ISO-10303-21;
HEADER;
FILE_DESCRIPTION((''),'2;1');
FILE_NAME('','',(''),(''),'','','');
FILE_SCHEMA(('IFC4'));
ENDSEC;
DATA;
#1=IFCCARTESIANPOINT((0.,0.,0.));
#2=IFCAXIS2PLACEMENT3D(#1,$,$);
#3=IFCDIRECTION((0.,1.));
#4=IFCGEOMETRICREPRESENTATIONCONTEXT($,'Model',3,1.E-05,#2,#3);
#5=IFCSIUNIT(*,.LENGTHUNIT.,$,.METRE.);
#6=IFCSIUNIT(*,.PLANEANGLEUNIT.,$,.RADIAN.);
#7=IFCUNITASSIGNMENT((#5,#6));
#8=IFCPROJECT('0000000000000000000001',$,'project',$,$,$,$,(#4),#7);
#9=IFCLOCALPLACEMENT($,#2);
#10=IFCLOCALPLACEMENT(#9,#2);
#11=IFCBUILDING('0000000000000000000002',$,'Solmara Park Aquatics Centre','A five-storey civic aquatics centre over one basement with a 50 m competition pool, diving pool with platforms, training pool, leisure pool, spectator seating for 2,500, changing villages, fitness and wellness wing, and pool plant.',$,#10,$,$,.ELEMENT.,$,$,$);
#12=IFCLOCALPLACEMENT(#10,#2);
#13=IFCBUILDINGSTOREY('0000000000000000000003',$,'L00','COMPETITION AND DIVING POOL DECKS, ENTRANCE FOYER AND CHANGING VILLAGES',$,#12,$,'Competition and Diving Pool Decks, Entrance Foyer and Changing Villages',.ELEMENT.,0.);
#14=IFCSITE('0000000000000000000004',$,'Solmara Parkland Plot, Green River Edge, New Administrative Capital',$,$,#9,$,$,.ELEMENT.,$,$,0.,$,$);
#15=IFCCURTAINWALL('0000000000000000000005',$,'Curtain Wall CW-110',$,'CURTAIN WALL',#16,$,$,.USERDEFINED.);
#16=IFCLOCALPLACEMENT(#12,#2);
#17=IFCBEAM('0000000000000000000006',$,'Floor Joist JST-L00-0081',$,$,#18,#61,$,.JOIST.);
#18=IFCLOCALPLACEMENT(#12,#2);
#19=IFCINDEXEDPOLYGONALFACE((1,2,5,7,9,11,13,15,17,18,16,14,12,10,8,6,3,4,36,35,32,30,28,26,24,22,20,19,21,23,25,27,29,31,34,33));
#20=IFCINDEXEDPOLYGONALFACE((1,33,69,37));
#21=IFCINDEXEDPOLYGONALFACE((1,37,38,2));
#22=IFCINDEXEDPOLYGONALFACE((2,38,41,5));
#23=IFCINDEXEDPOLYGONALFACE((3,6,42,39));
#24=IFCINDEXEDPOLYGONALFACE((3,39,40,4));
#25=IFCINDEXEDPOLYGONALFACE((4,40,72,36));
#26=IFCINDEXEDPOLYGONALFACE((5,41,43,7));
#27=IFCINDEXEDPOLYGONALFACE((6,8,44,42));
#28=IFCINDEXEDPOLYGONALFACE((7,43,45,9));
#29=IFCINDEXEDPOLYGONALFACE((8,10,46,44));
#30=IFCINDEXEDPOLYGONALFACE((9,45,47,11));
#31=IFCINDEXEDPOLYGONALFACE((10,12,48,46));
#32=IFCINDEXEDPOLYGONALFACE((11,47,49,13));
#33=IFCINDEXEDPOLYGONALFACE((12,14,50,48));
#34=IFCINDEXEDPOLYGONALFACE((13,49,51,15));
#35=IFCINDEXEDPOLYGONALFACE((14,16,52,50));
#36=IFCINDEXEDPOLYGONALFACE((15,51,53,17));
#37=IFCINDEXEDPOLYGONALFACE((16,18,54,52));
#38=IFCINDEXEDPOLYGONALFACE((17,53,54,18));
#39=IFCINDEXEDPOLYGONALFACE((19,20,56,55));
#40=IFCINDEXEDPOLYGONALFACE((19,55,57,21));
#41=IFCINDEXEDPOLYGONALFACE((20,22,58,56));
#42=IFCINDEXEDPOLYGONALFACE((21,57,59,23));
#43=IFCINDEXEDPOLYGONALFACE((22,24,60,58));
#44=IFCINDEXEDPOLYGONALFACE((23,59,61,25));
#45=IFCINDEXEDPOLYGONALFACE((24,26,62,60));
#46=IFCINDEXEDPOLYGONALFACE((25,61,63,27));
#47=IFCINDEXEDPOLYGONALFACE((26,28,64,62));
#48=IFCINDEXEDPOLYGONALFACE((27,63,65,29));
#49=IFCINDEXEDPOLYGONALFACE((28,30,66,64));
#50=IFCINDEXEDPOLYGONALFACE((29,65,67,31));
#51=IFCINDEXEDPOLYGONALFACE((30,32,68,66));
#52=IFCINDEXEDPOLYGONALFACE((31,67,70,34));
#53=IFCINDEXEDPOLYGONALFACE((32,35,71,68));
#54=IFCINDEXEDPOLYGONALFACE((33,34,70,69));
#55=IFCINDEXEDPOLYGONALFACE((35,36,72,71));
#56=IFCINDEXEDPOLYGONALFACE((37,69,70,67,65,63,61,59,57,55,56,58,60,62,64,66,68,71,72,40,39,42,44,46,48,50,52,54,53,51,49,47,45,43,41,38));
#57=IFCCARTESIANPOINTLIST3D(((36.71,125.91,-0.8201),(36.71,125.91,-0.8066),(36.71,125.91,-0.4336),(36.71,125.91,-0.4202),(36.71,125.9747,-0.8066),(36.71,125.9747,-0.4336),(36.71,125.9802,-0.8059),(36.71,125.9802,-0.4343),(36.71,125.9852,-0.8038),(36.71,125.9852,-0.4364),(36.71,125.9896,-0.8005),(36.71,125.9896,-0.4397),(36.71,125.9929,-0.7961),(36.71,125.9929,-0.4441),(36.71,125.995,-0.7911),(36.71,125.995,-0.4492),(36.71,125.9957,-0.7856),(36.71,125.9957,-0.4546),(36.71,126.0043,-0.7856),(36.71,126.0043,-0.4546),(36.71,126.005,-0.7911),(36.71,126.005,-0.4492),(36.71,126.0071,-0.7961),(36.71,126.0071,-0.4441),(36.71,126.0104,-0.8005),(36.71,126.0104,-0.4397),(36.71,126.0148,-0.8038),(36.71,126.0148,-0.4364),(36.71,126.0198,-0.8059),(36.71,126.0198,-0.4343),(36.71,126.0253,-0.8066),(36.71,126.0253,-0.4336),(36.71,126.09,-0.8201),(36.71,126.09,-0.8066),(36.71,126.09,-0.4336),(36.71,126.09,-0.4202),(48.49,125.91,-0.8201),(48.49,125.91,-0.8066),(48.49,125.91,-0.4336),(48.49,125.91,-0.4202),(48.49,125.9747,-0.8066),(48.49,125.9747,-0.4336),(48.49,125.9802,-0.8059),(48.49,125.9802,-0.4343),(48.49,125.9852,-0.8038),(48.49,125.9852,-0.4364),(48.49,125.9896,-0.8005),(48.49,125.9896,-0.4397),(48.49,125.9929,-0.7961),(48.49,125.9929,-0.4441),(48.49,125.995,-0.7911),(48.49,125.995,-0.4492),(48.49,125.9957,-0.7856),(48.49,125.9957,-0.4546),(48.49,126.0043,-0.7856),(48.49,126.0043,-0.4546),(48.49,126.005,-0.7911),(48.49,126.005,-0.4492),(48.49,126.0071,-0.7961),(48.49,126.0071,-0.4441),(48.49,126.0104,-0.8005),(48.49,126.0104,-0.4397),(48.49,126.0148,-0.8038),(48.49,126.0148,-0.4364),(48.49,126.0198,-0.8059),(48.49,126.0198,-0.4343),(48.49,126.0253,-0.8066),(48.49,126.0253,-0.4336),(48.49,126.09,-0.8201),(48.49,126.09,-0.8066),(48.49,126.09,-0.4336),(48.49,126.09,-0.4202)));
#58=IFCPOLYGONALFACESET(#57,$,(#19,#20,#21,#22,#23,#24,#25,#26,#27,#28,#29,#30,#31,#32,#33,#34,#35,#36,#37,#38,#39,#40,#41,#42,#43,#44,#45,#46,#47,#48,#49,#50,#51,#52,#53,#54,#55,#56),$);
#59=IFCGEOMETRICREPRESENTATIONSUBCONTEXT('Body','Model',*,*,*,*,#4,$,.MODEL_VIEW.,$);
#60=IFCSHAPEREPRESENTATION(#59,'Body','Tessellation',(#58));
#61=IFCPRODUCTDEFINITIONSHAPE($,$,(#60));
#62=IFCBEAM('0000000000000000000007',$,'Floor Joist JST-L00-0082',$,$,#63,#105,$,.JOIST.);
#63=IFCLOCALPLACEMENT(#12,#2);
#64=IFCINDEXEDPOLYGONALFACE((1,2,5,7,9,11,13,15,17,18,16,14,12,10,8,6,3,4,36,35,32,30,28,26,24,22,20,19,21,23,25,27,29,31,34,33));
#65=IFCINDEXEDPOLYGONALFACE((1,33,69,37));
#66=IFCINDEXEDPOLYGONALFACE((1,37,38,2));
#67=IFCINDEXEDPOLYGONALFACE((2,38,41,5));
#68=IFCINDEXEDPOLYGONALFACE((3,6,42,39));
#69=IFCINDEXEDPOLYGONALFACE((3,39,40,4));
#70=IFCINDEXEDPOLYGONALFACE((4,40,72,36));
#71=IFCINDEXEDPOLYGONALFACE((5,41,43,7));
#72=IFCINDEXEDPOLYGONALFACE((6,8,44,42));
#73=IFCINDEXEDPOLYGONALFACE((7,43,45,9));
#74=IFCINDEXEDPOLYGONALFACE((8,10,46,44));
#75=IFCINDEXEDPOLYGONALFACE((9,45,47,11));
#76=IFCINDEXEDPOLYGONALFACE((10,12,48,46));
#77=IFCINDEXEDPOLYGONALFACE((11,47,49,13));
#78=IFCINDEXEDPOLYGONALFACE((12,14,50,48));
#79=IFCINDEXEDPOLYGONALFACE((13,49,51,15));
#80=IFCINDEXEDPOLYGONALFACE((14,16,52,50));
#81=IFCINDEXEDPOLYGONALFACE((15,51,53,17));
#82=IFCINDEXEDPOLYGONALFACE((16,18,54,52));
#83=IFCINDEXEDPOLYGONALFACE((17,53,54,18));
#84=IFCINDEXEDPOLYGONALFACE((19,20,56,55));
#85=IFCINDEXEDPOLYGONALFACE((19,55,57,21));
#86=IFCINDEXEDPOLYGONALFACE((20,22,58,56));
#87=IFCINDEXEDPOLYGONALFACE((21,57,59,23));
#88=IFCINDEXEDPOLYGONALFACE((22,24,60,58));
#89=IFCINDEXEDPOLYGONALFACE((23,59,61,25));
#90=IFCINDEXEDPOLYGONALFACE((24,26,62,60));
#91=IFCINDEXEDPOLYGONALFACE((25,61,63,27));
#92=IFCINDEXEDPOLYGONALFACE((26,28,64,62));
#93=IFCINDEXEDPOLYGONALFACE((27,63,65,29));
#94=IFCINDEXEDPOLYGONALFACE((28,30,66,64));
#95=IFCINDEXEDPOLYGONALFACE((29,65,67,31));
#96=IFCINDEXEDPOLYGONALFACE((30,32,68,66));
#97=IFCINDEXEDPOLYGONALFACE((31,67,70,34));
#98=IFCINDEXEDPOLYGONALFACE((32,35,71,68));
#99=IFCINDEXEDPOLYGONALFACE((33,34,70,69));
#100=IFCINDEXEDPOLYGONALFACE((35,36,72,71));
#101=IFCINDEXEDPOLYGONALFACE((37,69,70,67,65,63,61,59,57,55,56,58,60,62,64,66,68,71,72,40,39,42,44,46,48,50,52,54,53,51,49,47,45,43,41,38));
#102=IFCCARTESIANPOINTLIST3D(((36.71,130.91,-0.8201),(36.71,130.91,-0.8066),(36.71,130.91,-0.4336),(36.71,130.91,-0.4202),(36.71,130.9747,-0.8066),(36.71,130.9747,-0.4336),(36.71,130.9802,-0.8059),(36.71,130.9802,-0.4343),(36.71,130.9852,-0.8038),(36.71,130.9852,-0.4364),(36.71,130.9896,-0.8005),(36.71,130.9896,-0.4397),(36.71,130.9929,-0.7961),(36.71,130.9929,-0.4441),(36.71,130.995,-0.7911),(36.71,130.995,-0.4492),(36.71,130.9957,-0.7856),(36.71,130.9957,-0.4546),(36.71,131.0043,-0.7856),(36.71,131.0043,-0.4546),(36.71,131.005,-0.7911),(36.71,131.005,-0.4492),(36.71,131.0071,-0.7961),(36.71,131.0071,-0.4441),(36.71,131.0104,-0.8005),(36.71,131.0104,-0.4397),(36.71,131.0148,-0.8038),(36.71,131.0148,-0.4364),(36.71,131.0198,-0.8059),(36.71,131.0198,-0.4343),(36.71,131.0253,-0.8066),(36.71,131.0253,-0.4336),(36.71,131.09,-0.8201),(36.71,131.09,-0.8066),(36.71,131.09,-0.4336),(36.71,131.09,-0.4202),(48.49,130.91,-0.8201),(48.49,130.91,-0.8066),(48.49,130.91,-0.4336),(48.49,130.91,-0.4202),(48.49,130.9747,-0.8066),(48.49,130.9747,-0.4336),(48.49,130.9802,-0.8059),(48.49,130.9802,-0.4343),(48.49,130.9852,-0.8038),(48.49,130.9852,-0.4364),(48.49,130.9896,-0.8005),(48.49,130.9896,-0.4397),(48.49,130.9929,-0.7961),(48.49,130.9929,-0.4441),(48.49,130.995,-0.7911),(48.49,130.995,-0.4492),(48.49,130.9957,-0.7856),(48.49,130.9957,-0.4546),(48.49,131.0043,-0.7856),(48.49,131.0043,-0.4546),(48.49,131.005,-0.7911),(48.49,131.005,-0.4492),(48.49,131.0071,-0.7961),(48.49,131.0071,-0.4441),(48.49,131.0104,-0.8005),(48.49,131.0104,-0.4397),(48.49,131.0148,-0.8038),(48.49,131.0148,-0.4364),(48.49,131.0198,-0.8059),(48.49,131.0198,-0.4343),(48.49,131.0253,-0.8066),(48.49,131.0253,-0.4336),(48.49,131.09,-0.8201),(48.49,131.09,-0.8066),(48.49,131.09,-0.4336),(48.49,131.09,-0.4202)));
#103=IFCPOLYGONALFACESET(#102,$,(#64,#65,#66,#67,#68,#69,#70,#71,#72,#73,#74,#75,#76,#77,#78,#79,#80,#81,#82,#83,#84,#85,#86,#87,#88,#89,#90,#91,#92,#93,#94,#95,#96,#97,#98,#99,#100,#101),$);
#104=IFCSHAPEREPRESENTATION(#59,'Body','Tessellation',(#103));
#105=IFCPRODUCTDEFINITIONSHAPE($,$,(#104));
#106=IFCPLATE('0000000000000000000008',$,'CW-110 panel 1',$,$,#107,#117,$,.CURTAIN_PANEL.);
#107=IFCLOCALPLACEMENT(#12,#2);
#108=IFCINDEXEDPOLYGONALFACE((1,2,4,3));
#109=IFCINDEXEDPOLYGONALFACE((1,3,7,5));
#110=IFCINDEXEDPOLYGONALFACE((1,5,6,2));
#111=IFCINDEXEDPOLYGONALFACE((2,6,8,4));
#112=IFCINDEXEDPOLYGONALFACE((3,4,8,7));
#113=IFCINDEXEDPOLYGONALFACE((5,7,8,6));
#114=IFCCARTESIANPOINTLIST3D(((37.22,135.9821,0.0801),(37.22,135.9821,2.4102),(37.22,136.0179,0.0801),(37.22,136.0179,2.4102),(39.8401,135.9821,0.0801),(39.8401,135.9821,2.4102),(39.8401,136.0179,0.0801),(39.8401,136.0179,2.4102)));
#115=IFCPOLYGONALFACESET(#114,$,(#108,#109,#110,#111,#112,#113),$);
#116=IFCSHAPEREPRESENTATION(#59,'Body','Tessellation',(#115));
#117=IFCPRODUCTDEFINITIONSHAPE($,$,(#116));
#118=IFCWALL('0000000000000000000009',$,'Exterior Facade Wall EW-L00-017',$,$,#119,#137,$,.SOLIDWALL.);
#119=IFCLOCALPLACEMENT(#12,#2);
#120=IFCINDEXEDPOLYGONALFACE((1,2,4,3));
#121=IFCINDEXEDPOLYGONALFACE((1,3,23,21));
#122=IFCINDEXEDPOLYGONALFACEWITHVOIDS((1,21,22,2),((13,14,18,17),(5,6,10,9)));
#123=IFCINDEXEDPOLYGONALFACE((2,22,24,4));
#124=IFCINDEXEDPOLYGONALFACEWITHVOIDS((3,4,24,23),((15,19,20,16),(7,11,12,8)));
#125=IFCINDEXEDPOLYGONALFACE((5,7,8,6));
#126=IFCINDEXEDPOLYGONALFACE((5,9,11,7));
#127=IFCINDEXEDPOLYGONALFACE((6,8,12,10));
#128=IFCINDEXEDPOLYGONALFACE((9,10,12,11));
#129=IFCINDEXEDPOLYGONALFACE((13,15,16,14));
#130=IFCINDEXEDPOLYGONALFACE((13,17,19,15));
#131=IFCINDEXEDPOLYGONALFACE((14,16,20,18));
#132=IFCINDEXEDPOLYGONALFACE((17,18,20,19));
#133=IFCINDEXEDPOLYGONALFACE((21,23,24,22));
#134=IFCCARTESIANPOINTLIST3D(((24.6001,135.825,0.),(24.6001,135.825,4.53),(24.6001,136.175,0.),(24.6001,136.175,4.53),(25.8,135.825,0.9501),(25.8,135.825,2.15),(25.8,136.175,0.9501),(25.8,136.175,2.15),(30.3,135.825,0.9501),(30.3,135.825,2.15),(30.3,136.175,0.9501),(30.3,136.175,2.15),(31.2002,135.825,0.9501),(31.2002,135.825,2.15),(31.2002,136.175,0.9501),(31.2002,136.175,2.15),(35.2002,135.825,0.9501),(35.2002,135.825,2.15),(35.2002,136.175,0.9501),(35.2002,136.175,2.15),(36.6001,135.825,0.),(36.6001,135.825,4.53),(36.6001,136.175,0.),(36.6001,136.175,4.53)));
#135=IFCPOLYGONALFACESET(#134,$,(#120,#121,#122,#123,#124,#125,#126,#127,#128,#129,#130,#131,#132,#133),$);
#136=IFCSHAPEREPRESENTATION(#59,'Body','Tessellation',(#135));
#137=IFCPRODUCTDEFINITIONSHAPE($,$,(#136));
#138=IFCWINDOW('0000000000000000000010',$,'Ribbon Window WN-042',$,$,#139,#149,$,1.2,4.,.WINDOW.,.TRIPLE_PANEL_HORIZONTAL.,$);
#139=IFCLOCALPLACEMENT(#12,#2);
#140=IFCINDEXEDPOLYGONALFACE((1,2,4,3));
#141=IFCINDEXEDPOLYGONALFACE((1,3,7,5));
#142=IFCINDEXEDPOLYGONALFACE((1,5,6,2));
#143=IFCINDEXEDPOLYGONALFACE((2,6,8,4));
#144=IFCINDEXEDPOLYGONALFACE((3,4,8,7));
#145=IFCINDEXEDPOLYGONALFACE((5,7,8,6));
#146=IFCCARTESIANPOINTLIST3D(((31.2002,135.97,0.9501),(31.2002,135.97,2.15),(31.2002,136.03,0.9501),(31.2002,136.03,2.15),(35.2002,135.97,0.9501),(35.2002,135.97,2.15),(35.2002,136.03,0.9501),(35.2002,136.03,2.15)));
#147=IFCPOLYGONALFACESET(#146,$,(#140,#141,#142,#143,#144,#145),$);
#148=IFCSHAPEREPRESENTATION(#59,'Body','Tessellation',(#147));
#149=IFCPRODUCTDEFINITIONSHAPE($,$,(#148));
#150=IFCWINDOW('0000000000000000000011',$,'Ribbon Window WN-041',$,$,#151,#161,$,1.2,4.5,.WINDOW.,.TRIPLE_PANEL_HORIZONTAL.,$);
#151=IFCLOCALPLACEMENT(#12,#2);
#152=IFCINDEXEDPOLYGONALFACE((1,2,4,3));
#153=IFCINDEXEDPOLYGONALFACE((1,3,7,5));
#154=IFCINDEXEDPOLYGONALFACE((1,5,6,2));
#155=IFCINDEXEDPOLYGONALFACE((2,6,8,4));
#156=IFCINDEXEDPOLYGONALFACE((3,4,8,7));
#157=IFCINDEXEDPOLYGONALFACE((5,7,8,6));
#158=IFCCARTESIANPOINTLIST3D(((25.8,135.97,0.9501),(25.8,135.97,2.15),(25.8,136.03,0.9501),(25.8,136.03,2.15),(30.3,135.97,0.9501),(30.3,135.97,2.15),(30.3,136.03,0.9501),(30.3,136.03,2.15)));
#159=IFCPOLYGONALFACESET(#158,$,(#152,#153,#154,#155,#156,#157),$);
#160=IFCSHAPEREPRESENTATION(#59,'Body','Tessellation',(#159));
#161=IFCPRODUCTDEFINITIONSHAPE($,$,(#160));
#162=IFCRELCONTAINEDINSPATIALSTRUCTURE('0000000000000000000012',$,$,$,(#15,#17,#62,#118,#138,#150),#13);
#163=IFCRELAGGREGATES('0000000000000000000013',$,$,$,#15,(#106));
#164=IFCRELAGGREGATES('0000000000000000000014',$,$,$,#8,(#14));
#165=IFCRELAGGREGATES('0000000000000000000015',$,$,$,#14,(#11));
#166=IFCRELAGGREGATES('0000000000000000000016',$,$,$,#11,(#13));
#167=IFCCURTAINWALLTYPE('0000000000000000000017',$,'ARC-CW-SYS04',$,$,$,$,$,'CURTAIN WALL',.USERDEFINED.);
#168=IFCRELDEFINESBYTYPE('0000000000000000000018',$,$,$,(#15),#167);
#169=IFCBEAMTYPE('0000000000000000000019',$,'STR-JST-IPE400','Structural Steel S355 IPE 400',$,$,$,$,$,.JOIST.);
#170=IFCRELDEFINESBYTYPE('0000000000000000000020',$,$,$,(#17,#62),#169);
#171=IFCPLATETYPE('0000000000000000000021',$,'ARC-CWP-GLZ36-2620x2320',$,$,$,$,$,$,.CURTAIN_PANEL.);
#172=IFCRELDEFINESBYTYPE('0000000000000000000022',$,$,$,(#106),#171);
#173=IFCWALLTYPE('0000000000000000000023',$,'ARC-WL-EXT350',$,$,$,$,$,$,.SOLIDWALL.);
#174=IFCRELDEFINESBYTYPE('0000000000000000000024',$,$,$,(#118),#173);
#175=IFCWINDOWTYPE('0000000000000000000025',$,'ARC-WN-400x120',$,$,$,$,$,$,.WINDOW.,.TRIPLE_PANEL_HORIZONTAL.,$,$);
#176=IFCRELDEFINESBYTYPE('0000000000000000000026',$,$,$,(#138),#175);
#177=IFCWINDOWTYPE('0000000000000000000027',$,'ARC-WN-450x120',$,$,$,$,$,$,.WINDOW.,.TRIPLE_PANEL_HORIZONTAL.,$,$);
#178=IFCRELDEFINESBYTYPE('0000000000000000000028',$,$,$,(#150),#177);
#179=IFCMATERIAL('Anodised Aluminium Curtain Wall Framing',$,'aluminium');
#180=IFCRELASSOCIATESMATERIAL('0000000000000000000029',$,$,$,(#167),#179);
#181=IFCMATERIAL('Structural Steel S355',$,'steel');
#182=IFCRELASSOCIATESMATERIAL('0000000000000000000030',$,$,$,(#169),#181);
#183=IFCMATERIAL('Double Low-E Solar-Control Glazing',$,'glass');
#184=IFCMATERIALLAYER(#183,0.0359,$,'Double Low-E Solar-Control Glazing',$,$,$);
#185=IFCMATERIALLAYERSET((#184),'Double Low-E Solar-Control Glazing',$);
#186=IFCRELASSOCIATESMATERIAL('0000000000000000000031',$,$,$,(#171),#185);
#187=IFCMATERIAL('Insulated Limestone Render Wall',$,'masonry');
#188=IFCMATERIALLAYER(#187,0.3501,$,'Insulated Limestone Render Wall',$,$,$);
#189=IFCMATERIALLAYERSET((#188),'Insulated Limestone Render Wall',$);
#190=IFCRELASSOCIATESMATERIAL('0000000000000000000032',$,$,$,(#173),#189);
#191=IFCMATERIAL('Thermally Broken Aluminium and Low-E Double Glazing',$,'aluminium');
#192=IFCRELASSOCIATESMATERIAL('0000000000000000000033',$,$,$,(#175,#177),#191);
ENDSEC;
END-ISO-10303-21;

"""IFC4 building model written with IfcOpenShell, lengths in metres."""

from ifc_helpers import new_model, si_unit, direction, frame, frame_2d, origin, origin_2d, place, context, subcontext, project, spatial, rectangle, i_section, extrude, material, layer, layer_set, material_profile, profile_set, type_object, element, fill, aggregate, save


model = new_model("IFC4")

# Units and contexts
model_context = context("Model", 3, precision=1e-05, world=origin(), true_north=direction((0.0, 1.0)))
body_context = subcontext(model_context, "Body", "Model", "MODEL_VIEW")
ifc_project = project(units=[si_unit("LENGTHUNIT", "METRE"), si_unit("PLANEANGLEUNIT", "RADIAN")], contexts=[model_context])

# Site, building, storey
site_placement = place(None, origin())
site = spatial("IfcSite", under=ifc_project, at=site_placement, Name="Solmara Parkland Plot, Green River Edge, New Administrative Capital", CompositionType="ELEMENT", RefElevation=0.0)
building_placement = place(site_placement, origin())
building = spatial("IfcBuilding", under=site, at=building_placement, Name="Solmara Park Aquatics Centre", Description="A five-storey civic aquatics centre over one basement with a 50 m competition pool, diving pool with platforms, training pool, leisure pool, spectator seating for 2,500, changing villages, fitness and wellness wing, and pool plant.", CompositionType="ELEMENT")
storey_placement = place(building_placement, origin())
storey = spatial("IfcBuildingStorey", under=building, at=storey_placement, Name="L00", Description="COMPETITION AND DIVING POOL DECKS, ENTRANCE FOYER AND CHANGING VILLAGES", LongName="Competition and Diving Pool Decks, Entrance Foyer and Changing Villages", CompositionType="ELEMENT", Elevation=0.0)

# Curtain wall
ifc_material_1 = material(Name="Anodised Aluminium Curtain Wall Framing", Category="aluminium")
curtain_wall_type = type_object("IfcCurtainWallType", Name="ARC-CW-SYS04", ElementType="CURTAIN WALL", PredefinedType="USERDEFINED", material=ifc_material_1)
curtain_wall_placement = place(storey_placement, origin())
curtain_wall = element("IfcCurtainWall", 1, at=curtain_wall_placement, inside=storey, type_object=curtain_wall_type, Name="Curtain Wall CW-110", ObjectType="CURTAIN WALL", PredefinedType="USERDEFINED")

# Beams
ifc_material_2 = material(Name="Structural Steel S355", Category="steel")
ifc_material_profile_1 = material_profile(ifc_material_2, i_section(OverallWidth=0.1799, OverallDepth=0.3999, WebThickness=0.0085, FlangeThickness=0.0134, FilletRadius=0.021, at=origin_2d()), Name="IPE 400")
ifc_profile_set_1 = profile_set([ifc_material_profile_1], Name="Structural Steel S355")
beam_type = type_object("IfcBeamType", Name="STR-JST-IPE400", Description="Structural Steel S355 IPE 400", PredefinedType="JOIST", material=ifc_profile_set_1)
for number, where, z_axis, x_axis, name in (
    (2, (36.71, 126.0, -0.6201), (1.0, 0.0, 0.0), (0.0, 1.0, 0.0), "Floor Joist JST-L00-0081"),
    (3, (36.71, 131.0, -0.6201), (1.0, 0.0, 0.0), (0.0, 1.0, 0.0), "Floor Joist JST-L00-0082"),
):
    element("IfcBeam", number, at=place(storey_placement, frame(where, z_axis=z_axis, x_axis=x_axis)), inside=storey, type_object=beam_type, Name=name, PredefinedType="JOIST", context=body_context, shape_type="SweptSolid", body=[
        extrude(i_section(OverallWidth=0.1799, OverallDepth=0.3999, WebThickness=0.0085, FlangeThickness=0.0134, FilletRadius=0.021, at=origin_2d()), origin(), (0.0, 0.0, 1.0), 11.78),
    ])

# Plate
ifc_material_3 = material(Name="Double Low-E Solar-Control Glazing", Category="glass")
ifc_layer_1 = layer(ifc_material_3, 0.0359, Name="Double Low-E Solar-Control Glazing")
ifc_layer_set_1 = layer_set([ifc_layer_1], Name="Double Low-E Solar-Control Glazing")
plate_type = type_object("IfcPlateType", Name="ARC-CWP-GLZ36-2620x2320", PredefinedType="CURTAIN_PANEL", material=ifc_layer_set_1)
plate_placement = place(storey_placement, frame((38.53, 136.0, 0.0801), z_axis=(0.0, 0.0, 1.0), x_axis=(1.0, 0.0, 0.0)))
plate = element("IfcPlate", 4, at=plate_placement, type_object=plate_type, Name="CW-110 panel 1", PredefinedType="CURTAIN_PANEL", context=body_context, shape_type="SweptSolid", body=[
    extrude(rectangle(XDim=2.6201, YDim=0.0359, at=origin_2d()), origin(), (0.0, 0.0, 1.0), 2.3301),
])
aggregate(curtain_wall, [plate])

# Wall, openings, windows
ifc_material_4 = material(Name="Insulated Limestone Render Wall", Category="masonry")
ifc_layer_2 = layer(ifc_material_4, 0.3501, Name="Insulated Limestone Render Wall")
ifc_layer_set_2 = layer_set([ifc_layer_2], Name="Insulated Limestone Render Wall")
wall_type_1 = type_object("IfcWallType", Name="ARC-WL-EXT350", PredefinedType="SOLIDWALL", material=ifc_layer_set_2)
wall_1_placement = place(storey_placement, frame((24.6001, 136.0, 0.0), z_axis=(0.0, 0.0, 1.0), x_axis=(1.0, 0.0, 0.0)))
wall_1 = element("IfcWall", 5, at=wall_1_placement, inside=storey, type_object=wall_type_1, Name="Exterior Facade Wall EW-L00-017", PredefinedType="SOLIDWALL", context=body_context, shape_type="SweptSolid", body=[
    extrude(rectangle(XDim=12.0, YDim=0.3501, at=frame_2d((6.0, 0.0))), origin(), (0.0, 0.0, 1.0), 4.53),
])
opening_1_placement = place(wall_1_placement, frame((1.2, 0.0, 0.95)))
opening_1 = element("IfcOpeningElement", 6, at=opening_1_placement, cuts=wall_1, PredefinedType="OPENING", context=body_context, shape_type="SweptSolid", body=[
    extrude(rectangle(XDim=4.5, YDim=1.2, at=frame_2d((2.25, 0.6001))), frame((0.0, 0.1851, 0.0), z_axis=(0.0, -1.0, 0.0), x_axis=(1.0, 0.0, 0.0)), (0.0, 0.0, 1.0), 0.3701),
])
opening_2_placement = place(wall_1_placement, frame((6.6001, 0.0, 0.95)))
opening_2 = element("IfcOpeningElement", 7, at=opening_2_placement, cuts=wall_1, PredefinedType="OPENING", context=body_context, shape_type="SweptSolid", body=[
    extrude(rectangle(XDim=4.0, YDim=1.2, at=frame_2d((2.0, 0.6001))), frame((0.0, 0.1851, 0.0), z_axis=(0.0, -1.0, 0.0), x_axis=(1.0, 0.0, 0.0)), (0.0, 0.0, 1.0), 0.3701),
])
ifc_material_5 = material(Name="Thermally Broken Aluminium and Low-E Double Glazing", Category="aluminium")
window_type_1 = type_object("IfcWindowType", Name="ARC-WN-400x120", PartitioningType="TRIPLE_PANEL_HORIZONTAL", PredefinedType="WINDOW", material=ifc_material_5)
window_1_placement = place(opening_2_placement, origin())
window_1 = element("IfcWindow", 8, at=window_1_placement, inside=storey, type_object=window_type_1, Name="Ribbon Window WN-042", OverallHeight=1.2, OverallWidth=4.0, PartitioningType="TRIPLE_PANEL_HORIZONTAL", PredefinedType="WINDOW", context=body_context, shape_type="SweptSolid", body=[
    extrude(rectangle(XDim=4.0, YDim=1.2, at=frame_2d((2.0, 0.6001))), frame((0.0, 0.03, 0.0), z_axis=(0.0, -1.0, 0.0), x_axis=(1.0, 0.0, 0.0)), (0.0, 0.0, 1.0), 0.0601),
])
fill(opening_2, window_1)
window_type_2 = type_object("IfcWindowType", Name="ARC-WN-450x120", PartitioningType="TRIPLE_PANEL_HORIZONTAL", PredefinedType="WINDOW", material=ifc_material_5)
window_2_placement = place(opening_1_placement, origin())
window_2 = element("IfcWindow", 9, at=window_2_placement, inside=storey, type_object=window_type_2, Name="Ribbon Window WN-041", OverallHeight=1.2, OverallWidth=4.5, PartitioningType="TRIPLE_PANEL_HORIZONTAL", PredefinedType="WINDOW", context=body_context, shape_type="SweptSolid", body=[
    extrude(rectangle(XDim=4.5, YDim=1.2, at=frame_2d((2.25, 0.6001))), frame((0.0, 0.03, 0.0), z_axis=(0.0, -1.0, 0.0), x_axis=(1.0, 0.0, 0.0)), (0.0, 0.0, 1.0), 0.0601),
])
fill(opening_1, window_2)

save(model, "model.ifc")
